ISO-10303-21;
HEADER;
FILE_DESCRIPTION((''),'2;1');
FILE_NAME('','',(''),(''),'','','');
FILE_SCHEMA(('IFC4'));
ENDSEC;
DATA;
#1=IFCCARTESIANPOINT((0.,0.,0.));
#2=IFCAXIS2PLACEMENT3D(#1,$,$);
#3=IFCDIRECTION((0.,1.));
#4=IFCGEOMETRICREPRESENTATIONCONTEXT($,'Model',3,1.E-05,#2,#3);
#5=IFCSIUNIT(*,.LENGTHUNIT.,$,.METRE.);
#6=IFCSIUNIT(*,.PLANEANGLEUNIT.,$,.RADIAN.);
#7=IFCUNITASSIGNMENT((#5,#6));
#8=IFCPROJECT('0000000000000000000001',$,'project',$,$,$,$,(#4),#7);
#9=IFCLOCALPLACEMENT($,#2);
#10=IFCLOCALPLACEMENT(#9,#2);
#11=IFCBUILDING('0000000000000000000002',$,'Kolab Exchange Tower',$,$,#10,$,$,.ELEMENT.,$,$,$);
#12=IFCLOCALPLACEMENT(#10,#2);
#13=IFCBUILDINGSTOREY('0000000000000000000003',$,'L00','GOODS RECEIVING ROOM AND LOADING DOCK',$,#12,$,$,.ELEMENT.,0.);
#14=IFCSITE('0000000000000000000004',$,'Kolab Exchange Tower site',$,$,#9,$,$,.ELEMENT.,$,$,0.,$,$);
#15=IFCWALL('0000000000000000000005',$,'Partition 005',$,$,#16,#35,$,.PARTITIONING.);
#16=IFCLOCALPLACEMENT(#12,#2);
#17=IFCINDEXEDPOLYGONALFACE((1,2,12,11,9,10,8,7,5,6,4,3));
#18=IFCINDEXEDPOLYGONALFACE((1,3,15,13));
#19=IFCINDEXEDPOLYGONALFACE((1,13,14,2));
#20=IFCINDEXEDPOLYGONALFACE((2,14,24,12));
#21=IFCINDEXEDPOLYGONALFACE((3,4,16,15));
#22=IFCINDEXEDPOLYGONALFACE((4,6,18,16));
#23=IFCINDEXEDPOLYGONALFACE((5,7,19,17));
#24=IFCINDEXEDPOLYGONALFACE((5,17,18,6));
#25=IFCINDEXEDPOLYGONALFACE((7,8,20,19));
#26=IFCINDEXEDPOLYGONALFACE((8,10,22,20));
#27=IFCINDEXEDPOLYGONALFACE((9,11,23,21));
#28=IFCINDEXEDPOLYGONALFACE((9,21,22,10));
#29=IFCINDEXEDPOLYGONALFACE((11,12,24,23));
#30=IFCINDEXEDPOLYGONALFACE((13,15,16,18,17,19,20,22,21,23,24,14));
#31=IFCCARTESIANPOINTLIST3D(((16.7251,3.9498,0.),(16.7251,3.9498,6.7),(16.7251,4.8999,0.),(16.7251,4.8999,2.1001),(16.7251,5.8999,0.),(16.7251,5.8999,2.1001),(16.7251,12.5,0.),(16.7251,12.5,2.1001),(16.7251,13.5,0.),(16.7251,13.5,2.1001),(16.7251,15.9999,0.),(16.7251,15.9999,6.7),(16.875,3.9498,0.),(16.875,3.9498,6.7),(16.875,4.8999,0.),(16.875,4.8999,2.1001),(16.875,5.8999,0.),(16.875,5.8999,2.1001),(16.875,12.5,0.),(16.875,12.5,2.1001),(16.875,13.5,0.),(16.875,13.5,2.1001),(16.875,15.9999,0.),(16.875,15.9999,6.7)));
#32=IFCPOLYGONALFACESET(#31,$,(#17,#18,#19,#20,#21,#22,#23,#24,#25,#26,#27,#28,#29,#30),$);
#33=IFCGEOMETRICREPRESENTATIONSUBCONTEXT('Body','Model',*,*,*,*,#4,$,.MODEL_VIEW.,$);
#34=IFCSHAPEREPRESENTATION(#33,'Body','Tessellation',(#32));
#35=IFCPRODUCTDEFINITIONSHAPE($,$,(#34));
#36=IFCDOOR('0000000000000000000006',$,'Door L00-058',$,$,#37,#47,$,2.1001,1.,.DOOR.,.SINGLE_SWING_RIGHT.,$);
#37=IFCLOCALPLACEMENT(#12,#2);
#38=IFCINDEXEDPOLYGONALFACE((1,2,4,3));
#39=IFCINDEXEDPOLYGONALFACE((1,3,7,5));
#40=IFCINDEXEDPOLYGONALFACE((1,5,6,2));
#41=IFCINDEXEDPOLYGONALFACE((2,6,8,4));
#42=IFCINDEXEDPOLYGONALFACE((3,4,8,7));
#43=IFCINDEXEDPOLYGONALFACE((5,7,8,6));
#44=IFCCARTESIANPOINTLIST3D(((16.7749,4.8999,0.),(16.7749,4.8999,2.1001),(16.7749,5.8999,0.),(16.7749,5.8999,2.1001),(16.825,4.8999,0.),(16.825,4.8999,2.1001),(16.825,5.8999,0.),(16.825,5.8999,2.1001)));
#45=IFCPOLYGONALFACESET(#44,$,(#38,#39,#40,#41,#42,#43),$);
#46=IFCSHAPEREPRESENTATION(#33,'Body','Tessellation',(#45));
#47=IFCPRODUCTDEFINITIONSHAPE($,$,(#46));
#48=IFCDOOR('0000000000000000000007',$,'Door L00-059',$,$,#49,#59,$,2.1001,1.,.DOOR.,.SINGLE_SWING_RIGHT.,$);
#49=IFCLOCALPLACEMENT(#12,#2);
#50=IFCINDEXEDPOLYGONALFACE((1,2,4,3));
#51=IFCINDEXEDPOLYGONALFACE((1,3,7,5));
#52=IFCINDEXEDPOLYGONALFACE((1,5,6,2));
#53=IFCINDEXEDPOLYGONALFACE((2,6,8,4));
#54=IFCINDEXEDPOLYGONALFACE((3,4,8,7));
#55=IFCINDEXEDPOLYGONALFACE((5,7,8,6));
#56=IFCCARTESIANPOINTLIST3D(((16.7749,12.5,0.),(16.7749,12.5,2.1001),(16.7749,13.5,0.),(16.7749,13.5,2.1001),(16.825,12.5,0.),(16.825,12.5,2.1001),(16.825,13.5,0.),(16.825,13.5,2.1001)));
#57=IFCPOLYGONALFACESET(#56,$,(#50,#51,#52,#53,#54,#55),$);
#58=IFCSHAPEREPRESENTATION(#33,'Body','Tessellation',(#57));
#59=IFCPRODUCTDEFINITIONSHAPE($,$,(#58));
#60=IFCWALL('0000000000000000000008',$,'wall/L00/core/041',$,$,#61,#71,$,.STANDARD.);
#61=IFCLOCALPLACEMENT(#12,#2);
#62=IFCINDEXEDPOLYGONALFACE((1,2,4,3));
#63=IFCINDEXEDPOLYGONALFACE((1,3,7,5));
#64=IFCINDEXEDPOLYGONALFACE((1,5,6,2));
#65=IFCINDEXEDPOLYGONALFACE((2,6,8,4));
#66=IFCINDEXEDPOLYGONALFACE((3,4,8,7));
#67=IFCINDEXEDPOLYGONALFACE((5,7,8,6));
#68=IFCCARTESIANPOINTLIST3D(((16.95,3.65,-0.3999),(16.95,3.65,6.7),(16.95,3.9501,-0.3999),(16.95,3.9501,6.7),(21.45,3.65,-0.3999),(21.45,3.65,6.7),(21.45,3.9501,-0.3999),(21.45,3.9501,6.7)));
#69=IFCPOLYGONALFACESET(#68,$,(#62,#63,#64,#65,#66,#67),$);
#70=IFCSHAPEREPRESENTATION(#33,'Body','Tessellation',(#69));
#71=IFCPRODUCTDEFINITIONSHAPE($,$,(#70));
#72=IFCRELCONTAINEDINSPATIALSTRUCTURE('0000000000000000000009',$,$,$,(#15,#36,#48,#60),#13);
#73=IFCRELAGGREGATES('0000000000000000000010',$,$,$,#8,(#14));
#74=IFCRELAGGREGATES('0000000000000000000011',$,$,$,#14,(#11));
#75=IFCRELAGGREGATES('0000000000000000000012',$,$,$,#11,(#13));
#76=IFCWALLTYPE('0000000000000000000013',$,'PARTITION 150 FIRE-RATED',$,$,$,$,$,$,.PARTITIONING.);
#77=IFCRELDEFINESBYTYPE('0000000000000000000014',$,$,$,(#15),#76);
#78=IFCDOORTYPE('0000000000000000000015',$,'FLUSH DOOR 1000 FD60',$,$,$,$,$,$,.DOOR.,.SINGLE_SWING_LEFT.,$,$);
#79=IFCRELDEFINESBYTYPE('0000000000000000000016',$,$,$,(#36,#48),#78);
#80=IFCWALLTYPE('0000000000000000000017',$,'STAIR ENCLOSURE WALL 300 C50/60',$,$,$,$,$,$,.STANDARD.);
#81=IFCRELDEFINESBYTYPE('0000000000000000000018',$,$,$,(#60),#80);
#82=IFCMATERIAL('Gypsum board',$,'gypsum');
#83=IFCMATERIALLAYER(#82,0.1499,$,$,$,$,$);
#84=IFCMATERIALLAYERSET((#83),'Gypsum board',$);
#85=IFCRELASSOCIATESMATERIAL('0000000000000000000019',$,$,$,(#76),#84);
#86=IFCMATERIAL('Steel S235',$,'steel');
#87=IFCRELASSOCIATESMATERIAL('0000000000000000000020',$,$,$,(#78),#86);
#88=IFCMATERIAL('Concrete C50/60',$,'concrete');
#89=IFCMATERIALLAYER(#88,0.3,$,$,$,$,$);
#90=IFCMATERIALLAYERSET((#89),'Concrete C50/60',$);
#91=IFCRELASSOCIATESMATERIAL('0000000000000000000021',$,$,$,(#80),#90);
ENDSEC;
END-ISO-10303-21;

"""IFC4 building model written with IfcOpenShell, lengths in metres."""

from ifc_helpers import new_model, si_unit, direction, frame, frame_2d, origin, place, context, subcontext, project, spatial, rectangle, extrude, material, layer, layer_set, type_object, element, fill, save


model = new_model("IFC4")

# Units and contexts
model_context = context("Model", 3, precision=1e-05, world=origin(), true_north=direction((0.0, 1.0)))
body_context = subcontext(model_context, "Body", "Model", "MODEL_VIEW")
ifc_project = project(units=[si_unit("LENGTHUNIT", "METRE"), si_unit("PLANEANGLEUNIT", "RADIAN")], contexts=[model_context])

# Site, building, storey
site_placement = place(None, origin())
site = spatial("IfcSite", under=ifc_project, at=site_placement, Name="Kolab Exchange Tower site", CompositionType="ELEMENT", RefElevation=0.0)
building_placement = place(site_placement, origin())
building = spatial("IfcBuilding", under=site, at=building_placement, Name="Kolab Exchange Tower", CompositionType="ELEMENT")
storey_placement = place(building_placement, origin())
storey = spatial("IfcBuildingStorey", under=building, at=storey_placement, Name="L00", Description="GOODS RECEIVING ROOM AND LOADING DOCK", CompositionType="ELEMENT", Elevation=0.0)

# Shared definitions
ifc_material_1 = material(Name="Concrete C50/60", Category="concrete")

# Shared definitions
ifc_material_2 = material(Name="Steel S235", Category="steel")

# Wall, openings, doors
ifc_material_3 = material(Name="Gypsum board", Category="gypsum")
ifc_layer_1 = layer(ifc_material_3, 0.1499)
ifc_layer_set_1 = layer_set([ifc_layer_1], Name="Gypsum board")
wall_type_1 = type_object("IfcWallType", Name="PARTITION 150 FIRE-RATED", PredefinedType="PARTITIONING", material=ifc_layer_set_1)
wall_1_placement = place(storey_placement, frame((16.8, 3.95, 0.0), z_axis=(0.0, 0.0, 1.0), x_axis=(0.0, 1.0, 0.0)))
wall_1 = element("IfcWall", 1, at=wall_1_placement, inside=storey, type_object=wall_type_1, Name="Partition 005", PredefinedType="PARTITIONING", context=body_context, shape_type="SweptSolid", body=[
    extrude(rectangle(XDim=12.05, YDim=0.1499, at=frame_2d((6.0249, 0.0))), origin(), (0.0, 0.0, 1.0), 6.7),
])
opening_1_placement = place(wall_1_placement, frame((0.95, 0.0, 0.0)))
opening_1 = element("IfcOpeningElement", 2, at=opening_1_placement, cuts=wall_1, PredefinedType="OPENING", context=body_context, shape_type="SweptSolid", body=[
    extrude(rectangle(XDim=1.0, YDim=2.1001, at=frame_2d((0.5, 1.05))), frame((0.0, 0.085, 0.0), z_axis=(0.0, -1.0, 0.0), x_axis=(1.0, 0.0, 0.0)), (0.0, 0.0, 1.0), 0.1699),
])
opening_2_placement = place(wall_1_placement, frame((8.55, 0.0, 0.0)))
opening_2 = element("IfcOpeningElement", 3, at=opening_2_placement, cuts=wall_1, PredefinedType="OPENING", context=body_context, shape_type="SweptSolid", body=[
    extrude(rectangle(XDim=1.0, YDim=2.1001, at=frame_2d((0.5, 1.05))), frame((0.0, 0.085, 0.0), z_axis=(0.0, -1.0, 0.0), x_axis=(1.0, 0.0, 0.0)), (0.0, 0.0, 1.0), 0.1699),
])
door_type_1 = type_object("IfcDoorType", Name="FLUSH DOOR 1000 FD60", OperationType="SINGLE_SWING_LEFT", PredefinedType="DOOR", material=ifc_material_2)
door_1_placement = place(opening_1_placement, frame((1.0, 0.0, 0.0), z_axis=(0.0, 0.0, 1.0), x_axis=(-1.0, 0.0, 0.0)))
door_1 = element("IfcDoor", 4, at=door_1_placement, inside=storey, type_object=door_type_1, Name="Door L00-058", OperationType="SINGLE_SWING_RIGHT", OverallHeight=2.1001, OverallWidth=1.0, PredefinedType="DOOR", context=body_context, shape_type="SweptSolid", body=[
    extrude(rectangle(XDim=1.0, YDim=2.1001, at=frame_2d((0.5, 1.05))), frame((0.0, 0.0249, 0.0), z_axis=(0.0, -1.0, 0.0), x_axis=(1.0, 0.0, 0.0)), (0.0, 0.0, 1.0), 0.05),
])
fill(opening_1, door_1)
door_2_placement = place(opening_2_placement, frame((1.0, 0.0, 0.0), z_axis=(0.0, 0.0, 1.0), x_axis=(-1.0, 0.0, 0.0)))
door_2 = element("IfcDoor", 5, at=door_2_placement, inside=storey, type_object=door_type_1, Name="Door L00-059", OperationType="SINGLE_SWING_RIGHT", OverallHeight=2.1001, OverallWidth=1.0, PredefinedType="DOOR", context=body_context, shape_type="SweptSolid", body=[
    extrude(rectangle(XDim=1.0, YDim=2.1001, at=frame_2d((0.5, 1.05))), frame((0.0, 0.0249, 0.0), z_axis=(0.0, -1.0, 0.0), x_axis=(1.0, 0.0, 0.0)), (0.0, 0.0, 1.0), 0.05),
])
fill(opening_2, door_2)

# Wall
ifc_layer_2 = layer(ifc_material_1, 0.3)
ifc_layer_set_2 = layer_set([ifc_layer_2], Name="Concrete C50/60")
wall_type_2 = type_object("IfcWallType", Name="STAIR ENCLOSURE WALL 300 C50/60", PredefinedType="STANDARD", material=ifc_layer_set_2)
wall_2_placement = place(storey_placement, frame((16.95, 3.8, -0.3999), z_axis=(0.0, 0.0, 1.0), x_axis=(1.0, 0.0, 0.0)))
element("IfcWall", 6, at=wall_2_placement, inside=storey, type_object=wall_type_2, Name="wall/L00/core/041", PredefinedType="STANDARD", context=body_context, shape_type="SweptSolid", body=[
    extrude(rectangle(XDim=4.5, YDim=0.3, at=frame_2d((2.25, 0.0))), origin(), (0.0, 0.0, 1.0), 7.0999),
])

save(model, "model.ifc")
